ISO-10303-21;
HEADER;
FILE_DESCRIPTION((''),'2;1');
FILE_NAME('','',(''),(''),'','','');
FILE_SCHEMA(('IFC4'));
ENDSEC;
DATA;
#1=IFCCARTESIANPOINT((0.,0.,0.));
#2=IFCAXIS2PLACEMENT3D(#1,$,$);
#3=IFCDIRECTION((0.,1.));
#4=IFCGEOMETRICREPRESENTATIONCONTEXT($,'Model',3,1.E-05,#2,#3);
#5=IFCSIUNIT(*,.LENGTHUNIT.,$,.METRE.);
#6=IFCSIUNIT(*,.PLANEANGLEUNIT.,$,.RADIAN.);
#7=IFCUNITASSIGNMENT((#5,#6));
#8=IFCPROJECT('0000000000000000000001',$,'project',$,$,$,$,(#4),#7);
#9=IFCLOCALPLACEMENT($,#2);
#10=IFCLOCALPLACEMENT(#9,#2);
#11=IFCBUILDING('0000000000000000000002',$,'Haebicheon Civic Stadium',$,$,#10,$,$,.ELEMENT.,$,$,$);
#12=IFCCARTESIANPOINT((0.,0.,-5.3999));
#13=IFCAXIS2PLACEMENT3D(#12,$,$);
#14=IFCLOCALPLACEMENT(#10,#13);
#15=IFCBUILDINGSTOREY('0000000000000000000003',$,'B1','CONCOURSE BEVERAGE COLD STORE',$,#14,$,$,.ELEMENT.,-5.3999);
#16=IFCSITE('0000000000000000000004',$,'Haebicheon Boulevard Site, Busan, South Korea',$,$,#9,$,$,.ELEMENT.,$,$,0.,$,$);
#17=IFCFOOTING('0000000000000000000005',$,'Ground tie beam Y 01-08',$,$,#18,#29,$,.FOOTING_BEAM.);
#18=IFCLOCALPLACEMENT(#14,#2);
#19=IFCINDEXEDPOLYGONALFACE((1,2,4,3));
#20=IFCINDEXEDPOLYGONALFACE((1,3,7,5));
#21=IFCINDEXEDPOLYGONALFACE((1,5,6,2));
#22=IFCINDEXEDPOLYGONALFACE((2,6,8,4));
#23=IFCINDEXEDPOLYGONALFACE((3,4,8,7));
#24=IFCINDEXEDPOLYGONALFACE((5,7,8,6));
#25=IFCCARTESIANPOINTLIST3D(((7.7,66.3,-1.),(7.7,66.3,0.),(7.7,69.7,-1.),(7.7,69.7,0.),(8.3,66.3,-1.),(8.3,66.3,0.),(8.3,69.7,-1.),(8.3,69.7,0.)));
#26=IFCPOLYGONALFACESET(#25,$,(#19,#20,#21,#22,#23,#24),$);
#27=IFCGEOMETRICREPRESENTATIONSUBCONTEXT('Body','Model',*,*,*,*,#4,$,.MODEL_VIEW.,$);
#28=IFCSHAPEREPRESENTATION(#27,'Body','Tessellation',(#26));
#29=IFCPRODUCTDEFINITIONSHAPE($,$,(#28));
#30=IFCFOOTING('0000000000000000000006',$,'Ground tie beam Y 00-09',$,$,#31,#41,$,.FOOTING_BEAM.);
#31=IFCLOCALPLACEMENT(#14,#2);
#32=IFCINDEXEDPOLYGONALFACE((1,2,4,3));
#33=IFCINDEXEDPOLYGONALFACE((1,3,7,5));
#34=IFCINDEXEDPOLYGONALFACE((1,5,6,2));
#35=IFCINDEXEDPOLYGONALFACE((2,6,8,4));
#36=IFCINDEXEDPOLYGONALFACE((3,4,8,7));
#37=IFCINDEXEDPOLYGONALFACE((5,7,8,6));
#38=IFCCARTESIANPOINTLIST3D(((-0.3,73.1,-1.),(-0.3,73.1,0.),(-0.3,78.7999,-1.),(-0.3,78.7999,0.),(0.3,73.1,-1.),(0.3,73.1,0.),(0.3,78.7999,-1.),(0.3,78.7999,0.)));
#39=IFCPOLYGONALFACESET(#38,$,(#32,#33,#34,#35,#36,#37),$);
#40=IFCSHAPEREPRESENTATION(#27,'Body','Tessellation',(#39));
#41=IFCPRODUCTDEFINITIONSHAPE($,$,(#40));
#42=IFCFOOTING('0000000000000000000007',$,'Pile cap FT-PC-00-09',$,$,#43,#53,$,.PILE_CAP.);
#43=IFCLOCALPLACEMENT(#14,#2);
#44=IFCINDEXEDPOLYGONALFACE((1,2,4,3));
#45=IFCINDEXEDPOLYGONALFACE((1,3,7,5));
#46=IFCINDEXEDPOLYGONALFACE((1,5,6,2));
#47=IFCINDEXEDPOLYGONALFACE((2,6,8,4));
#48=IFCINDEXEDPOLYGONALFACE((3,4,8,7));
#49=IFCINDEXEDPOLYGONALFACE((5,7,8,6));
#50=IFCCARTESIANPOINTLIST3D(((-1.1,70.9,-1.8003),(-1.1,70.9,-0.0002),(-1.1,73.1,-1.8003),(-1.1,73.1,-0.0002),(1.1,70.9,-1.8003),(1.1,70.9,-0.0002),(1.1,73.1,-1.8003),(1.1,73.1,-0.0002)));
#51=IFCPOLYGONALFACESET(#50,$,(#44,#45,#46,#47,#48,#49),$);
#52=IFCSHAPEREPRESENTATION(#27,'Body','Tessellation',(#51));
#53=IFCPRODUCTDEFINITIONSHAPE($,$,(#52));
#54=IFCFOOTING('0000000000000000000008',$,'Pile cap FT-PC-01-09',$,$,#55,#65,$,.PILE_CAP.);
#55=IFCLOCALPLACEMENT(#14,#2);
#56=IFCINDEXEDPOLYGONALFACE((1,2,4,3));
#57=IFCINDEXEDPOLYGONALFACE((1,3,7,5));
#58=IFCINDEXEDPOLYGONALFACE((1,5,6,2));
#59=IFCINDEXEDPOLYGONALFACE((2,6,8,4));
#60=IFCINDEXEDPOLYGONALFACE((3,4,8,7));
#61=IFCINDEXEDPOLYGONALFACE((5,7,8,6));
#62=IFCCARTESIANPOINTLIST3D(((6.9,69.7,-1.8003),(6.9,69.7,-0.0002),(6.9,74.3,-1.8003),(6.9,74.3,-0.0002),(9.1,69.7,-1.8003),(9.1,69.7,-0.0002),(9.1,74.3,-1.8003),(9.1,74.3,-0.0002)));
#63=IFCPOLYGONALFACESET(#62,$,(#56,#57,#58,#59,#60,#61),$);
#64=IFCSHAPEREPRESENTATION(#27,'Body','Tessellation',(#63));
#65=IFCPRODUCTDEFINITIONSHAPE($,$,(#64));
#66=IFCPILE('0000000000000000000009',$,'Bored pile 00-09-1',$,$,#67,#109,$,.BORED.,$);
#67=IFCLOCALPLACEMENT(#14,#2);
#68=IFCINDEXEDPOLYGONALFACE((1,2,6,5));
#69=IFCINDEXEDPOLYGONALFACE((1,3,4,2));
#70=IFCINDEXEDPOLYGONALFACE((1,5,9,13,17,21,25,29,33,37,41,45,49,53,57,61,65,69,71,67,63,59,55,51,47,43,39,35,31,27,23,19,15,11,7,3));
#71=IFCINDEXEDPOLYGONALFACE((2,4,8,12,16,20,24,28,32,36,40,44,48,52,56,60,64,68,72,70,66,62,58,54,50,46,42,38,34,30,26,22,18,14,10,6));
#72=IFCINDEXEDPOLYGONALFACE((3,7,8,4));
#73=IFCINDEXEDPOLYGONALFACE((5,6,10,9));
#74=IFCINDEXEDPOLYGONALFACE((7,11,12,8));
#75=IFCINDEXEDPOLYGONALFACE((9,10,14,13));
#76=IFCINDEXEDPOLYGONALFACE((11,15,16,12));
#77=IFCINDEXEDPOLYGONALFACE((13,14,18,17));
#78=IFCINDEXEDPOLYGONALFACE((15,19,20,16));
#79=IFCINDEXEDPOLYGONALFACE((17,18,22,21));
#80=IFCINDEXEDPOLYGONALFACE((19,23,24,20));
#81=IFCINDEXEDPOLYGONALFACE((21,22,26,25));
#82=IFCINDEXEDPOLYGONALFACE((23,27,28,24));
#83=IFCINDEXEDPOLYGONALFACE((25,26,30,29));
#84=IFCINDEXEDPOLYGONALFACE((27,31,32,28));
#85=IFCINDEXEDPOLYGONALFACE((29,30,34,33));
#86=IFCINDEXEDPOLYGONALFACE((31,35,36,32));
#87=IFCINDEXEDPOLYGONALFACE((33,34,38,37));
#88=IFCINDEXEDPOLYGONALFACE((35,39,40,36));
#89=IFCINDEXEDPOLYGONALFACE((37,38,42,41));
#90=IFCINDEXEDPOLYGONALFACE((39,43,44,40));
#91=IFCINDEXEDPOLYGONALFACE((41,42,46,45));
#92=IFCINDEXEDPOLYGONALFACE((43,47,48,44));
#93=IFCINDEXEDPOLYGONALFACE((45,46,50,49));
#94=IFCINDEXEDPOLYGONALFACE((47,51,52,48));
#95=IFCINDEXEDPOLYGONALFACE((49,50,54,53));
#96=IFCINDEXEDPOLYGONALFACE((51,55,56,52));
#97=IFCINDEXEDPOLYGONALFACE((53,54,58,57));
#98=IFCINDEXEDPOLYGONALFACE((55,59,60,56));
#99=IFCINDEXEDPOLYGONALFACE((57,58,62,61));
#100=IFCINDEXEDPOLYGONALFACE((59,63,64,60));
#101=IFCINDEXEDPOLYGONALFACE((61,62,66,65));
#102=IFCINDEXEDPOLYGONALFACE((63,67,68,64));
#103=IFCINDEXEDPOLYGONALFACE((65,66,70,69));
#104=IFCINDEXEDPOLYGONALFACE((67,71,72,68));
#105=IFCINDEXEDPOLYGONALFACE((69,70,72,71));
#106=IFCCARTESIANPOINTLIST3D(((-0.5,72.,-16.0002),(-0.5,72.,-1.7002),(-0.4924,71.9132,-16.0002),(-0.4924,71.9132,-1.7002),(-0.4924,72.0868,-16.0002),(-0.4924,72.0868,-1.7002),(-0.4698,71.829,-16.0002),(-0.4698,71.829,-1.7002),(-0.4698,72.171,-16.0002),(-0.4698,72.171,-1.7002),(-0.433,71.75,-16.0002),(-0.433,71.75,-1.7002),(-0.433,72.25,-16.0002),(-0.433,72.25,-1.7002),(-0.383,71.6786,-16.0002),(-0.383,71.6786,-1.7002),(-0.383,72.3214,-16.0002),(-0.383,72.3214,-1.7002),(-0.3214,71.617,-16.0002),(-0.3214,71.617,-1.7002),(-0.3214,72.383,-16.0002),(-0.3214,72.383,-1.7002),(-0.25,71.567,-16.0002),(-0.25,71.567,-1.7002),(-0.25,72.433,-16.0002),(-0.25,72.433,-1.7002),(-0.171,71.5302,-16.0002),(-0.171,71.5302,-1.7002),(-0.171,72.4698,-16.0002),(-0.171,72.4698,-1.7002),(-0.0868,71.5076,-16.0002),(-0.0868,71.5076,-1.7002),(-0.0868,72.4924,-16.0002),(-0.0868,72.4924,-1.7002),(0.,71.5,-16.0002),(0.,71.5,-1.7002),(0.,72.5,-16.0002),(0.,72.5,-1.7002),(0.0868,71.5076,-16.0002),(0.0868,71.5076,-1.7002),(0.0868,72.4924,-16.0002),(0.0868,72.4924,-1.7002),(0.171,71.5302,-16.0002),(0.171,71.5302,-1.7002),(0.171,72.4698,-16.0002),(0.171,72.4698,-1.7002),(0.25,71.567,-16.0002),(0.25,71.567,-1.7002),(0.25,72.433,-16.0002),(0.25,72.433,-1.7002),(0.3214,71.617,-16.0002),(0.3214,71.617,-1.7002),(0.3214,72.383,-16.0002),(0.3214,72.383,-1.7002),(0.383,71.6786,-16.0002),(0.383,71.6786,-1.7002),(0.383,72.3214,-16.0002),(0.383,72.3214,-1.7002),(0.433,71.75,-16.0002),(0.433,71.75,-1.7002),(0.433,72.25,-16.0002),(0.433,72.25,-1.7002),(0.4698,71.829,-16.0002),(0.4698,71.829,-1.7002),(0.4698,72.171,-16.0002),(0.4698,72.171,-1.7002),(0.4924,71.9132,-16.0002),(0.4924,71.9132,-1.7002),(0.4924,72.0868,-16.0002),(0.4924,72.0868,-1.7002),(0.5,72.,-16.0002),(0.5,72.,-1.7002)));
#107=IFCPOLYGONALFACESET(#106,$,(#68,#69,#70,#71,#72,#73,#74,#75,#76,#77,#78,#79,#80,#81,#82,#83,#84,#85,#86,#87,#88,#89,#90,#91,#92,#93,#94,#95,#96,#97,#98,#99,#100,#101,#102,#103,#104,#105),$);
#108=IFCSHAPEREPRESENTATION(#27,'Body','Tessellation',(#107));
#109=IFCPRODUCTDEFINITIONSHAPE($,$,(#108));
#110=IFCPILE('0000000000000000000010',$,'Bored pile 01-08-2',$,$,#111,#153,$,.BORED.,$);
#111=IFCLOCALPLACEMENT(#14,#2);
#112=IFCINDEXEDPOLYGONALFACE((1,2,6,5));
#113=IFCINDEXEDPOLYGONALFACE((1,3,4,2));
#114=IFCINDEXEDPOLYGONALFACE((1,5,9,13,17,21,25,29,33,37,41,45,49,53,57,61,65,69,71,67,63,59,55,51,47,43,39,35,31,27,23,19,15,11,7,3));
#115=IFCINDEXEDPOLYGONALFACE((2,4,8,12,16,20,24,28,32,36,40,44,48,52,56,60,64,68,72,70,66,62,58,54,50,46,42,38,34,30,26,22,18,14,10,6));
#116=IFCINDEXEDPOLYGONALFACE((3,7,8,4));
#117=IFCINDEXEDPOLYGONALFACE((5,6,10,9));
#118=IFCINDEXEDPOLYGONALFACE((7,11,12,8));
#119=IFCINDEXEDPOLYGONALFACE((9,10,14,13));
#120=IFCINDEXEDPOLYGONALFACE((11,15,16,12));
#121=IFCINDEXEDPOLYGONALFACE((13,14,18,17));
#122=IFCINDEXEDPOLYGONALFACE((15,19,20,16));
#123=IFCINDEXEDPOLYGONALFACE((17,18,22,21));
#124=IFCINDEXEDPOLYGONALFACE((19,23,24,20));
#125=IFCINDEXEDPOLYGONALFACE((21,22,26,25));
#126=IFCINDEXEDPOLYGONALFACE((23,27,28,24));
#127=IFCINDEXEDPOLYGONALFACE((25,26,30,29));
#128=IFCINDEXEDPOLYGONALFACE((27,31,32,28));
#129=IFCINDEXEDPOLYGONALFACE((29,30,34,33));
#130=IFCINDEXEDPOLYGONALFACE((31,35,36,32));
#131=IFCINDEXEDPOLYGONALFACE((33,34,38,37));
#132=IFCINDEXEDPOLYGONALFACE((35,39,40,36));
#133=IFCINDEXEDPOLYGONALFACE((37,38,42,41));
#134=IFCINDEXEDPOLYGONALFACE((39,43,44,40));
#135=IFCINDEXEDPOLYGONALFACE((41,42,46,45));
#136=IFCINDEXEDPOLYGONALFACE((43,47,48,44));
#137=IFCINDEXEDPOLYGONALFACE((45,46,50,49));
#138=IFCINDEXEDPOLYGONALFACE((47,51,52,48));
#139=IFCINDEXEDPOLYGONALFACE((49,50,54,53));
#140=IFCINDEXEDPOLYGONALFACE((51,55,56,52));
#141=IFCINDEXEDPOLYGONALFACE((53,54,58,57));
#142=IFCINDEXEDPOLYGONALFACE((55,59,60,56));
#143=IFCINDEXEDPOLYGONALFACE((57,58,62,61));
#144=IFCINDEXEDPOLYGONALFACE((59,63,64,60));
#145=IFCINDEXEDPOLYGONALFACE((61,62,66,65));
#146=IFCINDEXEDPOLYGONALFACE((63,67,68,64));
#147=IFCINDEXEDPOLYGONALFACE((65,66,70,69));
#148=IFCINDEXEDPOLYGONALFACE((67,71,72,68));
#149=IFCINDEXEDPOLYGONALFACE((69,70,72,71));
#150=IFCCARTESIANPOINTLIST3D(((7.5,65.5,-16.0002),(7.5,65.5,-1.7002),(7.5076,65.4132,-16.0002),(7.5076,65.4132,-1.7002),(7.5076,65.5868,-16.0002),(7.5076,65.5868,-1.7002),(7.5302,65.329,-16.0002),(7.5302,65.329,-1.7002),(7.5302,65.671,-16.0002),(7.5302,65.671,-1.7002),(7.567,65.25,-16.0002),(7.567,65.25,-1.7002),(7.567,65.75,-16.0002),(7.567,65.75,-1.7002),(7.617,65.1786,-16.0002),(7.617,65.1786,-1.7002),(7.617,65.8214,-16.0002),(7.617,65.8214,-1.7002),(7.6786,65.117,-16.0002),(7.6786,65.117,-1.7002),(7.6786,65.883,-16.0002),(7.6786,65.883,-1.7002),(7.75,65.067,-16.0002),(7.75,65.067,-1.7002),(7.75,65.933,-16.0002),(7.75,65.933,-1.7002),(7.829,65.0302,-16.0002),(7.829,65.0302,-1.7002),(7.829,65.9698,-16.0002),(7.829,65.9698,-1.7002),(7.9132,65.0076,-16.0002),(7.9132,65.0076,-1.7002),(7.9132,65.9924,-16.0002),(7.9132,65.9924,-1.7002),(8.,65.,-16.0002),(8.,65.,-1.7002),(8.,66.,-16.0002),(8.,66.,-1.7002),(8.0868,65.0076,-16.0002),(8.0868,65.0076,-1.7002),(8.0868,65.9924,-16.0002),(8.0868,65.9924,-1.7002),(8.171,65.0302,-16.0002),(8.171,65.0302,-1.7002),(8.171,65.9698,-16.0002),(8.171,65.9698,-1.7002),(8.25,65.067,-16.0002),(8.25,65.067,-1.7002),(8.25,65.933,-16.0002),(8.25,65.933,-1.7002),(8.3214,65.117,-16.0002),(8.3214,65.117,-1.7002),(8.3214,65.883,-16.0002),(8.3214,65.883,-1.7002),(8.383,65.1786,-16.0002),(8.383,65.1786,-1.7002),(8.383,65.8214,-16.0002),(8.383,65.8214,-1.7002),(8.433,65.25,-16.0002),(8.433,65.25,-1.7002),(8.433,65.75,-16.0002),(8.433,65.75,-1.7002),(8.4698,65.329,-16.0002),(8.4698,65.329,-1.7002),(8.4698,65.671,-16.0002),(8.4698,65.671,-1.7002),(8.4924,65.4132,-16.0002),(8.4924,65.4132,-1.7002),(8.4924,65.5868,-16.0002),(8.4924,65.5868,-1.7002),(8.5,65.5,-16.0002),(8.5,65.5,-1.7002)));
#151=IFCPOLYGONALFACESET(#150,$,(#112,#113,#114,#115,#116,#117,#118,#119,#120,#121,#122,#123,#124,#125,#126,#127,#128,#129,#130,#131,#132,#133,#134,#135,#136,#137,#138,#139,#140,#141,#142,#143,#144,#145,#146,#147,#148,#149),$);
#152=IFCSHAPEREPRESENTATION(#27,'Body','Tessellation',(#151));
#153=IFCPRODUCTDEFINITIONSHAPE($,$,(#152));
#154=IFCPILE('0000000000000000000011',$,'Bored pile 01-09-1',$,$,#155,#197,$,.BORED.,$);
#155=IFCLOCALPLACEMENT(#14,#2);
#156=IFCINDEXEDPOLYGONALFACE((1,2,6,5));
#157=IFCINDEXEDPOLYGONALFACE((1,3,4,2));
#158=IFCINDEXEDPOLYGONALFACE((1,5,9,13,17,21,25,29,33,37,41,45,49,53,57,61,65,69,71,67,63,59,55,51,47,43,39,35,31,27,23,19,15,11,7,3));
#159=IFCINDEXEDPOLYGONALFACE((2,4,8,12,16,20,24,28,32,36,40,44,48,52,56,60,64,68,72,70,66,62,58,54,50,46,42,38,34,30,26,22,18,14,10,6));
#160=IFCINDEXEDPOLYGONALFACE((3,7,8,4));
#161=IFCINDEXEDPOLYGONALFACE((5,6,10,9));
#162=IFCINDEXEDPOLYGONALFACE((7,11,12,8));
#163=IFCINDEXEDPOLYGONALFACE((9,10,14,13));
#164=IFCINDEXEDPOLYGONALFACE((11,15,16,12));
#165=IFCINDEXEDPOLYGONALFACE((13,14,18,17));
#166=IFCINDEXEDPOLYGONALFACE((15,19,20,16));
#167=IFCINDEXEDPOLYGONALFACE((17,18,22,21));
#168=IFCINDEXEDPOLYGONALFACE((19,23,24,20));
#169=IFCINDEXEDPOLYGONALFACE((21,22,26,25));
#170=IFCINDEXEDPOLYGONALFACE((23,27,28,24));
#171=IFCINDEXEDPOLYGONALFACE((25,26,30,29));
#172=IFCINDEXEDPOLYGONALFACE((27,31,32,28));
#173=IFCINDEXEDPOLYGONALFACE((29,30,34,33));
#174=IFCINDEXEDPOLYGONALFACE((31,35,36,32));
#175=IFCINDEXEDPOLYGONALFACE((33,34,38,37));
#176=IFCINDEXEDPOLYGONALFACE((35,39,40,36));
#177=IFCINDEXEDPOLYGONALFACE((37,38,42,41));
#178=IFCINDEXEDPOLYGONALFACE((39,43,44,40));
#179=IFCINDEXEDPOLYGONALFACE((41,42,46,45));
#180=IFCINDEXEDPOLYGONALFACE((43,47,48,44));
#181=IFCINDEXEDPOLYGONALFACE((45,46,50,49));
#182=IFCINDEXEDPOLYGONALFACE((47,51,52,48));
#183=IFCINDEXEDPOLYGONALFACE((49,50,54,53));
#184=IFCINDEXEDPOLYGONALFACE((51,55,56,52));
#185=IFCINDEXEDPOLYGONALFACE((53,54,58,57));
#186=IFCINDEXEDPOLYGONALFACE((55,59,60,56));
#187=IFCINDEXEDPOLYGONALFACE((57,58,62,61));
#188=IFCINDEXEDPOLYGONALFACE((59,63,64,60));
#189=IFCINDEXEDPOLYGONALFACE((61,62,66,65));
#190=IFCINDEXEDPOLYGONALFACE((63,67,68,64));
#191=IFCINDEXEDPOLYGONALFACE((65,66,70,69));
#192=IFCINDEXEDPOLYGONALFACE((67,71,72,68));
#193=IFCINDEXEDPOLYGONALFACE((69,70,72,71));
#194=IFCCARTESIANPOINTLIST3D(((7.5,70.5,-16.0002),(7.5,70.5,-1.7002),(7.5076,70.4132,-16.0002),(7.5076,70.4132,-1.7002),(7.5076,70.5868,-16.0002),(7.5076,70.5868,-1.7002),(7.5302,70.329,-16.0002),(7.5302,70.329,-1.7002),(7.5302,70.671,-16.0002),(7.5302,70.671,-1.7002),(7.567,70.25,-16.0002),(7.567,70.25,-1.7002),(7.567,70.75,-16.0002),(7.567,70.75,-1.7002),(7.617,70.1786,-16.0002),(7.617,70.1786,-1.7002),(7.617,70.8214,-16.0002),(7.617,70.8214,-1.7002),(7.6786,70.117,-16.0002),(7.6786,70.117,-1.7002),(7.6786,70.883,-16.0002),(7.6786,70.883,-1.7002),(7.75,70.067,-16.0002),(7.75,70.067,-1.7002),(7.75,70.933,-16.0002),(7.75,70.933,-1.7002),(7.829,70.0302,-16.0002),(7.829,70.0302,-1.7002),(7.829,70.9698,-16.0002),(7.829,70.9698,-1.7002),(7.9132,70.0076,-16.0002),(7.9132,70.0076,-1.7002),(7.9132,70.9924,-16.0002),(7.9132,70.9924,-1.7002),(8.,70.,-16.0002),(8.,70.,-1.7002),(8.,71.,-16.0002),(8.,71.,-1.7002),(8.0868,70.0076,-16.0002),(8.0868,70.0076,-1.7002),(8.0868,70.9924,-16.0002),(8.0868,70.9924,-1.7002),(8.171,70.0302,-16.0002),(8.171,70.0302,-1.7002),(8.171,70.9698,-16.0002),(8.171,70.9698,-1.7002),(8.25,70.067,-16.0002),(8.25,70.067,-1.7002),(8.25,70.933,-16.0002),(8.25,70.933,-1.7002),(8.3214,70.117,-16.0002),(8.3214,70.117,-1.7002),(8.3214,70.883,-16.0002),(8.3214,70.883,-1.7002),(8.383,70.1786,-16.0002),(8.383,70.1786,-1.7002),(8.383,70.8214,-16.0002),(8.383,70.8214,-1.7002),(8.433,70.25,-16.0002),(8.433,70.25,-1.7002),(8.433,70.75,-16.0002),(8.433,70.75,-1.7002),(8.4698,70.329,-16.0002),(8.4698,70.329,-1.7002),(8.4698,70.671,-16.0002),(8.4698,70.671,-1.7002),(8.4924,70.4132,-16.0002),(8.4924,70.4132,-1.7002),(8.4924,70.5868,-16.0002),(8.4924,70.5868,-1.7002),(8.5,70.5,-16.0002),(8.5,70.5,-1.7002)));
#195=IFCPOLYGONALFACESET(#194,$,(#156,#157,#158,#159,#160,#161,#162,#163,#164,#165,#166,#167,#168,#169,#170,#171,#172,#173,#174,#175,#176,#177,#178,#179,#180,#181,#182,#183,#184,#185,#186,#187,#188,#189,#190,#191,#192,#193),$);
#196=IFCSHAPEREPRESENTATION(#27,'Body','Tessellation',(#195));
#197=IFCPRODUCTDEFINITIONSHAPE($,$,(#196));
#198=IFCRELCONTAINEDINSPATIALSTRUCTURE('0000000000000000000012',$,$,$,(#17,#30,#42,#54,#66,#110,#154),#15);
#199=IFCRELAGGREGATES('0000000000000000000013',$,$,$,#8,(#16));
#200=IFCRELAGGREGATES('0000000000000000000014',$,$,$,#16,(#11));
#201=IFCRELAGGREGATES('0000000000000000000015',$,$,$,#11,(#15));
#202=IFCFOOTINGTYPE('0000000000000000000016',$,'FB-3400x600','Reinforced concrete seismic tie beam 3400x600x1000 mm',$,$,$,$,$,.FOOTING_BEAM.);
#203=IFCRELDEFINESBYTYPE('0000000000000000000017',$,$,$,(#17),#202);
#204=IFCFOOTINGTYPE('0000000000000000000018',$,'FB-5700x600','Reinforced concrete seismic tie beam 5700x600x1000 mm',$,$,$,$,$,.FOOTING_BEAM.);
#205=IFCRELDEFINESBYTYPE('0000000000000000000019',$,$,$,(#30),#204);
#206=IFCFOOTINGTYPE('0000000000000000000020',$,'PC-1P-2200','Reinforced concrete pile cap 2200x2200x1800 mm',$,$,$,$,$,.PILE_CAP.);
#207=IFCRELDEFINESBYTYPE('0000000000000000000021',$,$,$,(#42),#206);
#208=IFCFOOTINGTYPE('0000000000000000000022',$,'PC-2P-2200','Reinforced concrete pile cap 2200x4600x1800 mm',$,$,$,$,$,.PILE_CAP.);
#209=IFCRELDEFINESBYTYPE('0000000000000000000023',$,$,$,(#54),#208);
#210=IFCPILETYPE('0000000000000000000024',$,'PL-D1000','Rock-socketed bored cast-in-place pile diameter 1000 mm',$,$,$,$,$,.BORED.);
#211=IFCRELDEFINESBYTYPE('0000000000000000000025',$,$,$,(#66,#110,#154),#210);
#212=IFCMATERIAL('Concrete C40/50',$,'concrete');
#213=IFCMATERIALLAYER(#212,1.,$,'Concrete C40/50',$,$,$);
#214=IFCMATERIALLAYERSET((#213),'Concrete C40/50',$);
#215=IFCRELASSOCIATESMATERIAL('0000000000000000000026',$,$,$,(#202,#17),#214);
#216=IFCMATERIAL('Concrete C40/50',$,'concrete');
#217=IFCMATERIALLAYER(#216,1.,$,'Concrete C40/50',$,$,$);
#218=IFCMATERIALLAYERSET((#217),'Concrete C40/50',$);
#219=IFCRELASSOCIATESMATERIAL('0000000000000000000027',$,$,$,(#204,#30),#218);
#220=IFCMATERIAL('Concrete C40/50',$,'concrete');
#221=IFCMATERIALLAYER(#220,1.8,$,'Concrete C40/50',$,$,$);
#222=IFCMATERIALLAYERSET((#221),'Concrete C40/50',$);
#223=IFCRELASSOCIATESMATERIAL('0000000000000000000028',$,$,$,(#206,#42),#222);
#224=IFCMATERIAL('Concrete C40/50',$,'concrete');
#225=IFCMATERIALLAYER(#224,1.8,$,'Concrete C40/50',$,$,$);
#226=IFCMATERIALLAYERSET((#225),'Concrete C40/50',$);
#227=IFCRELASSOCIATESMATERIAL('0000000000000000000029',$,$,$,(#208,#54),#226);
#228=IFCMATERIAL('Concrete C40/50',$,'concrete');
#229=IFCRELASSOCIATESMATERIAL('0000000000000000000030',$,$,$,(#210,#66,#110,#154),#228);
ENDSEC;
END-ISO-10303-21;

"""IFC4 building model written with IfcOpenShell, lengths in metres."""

from ifc_helpers import new_model, si_unit, direction, frame, origin, origin_2d, place, context, subcontext, project, spatial, rectangle, circle, extrude, material, layer, layer_set, material_profile, profile_set, type_object, element, save


model = new_model("IFC4")

# Units and contexts
model_context = context("Model", 3, precision=1e-05, world=origin(), true_north=direction((0.0, 1.0)))
body_context = subcontext(model_context, "Body", "Model", "MODEL_VIEW")
ifc_project = project(units=[si_unit("LENGTHUNIT", "METRE"), si_unit("PLANEANGLEUNIT", "RADIAN")], contexts=[model_context])

# Site, building, storey
site_placement = place(None, origin())
site = spatial("IfcSite", under=ifc_project, at=site_placement, Name="Haebicheon Boulevard Site, Busan, South Korea", CompositionType="ELEMENT", RefElevation=0.0)
building_placement = place(site_placement, origin())
building = spatial("IfcBuilding", under=site, at=building_placement, Name="Haebicheon Civic Stadium", CompositionType="ELEMENT")
storey_placement = place(building_placement, frame((0.0, 0.0, -5.3999)))
storey = spatial("IfcBuildingStorey", under=building, at=storey_placement, Name="B1", Description="CONCOURSE BEVERAGE COLD STORE", CompositionType="ELEMENT", Elevation=-5.3999)

# Footings
ifc_material_1 = material(Name="Concrete C40/50", Category="concrete")
ifc_layer_1 = layer(ifc_material_1, 1.0, Name="Concrete C40/50")
ifc_layer_set_1 = layer_set([ifc_layer_1], Name="Concrete C40/50")
footing_type_1 = type_object("IfcFootingType", Name="FB-3400x600", Description="Reinforced concrete seismic tie beam 3400x600x1000 mm", PredefinedType="FOOTING_BEAM", material=ifc_layer_set_1)
footing_1_placement = place(storey_placement, frame((8.0, 68.0, -1.0), z_axis=(0.0, 0.0, 1.0), x_axis=(0.0, 1.0, 0.0)))
element("IfcFooting", 1, at=footing_1_placement, inside=storey, type_object=footing_type_1, material=ifc_layer_set_1, Name="Ground tie beam Y 01-08", PredefinedType="FOOTING_BEAM", context=body_context, shape_type="SweptSolid", body=[
    extrude(rectangle(XDim=3.3999, YDim=0.6001, at=origin_2d()), origin(), (0.0, 0.0, 1.0), 1.0),
])
ifc_material_2 = material(Name="Concrete C40/50", Category="concrete")
ifc_layer_2 = layer(ifc_material_2, 1.0, Name="Concrete C40/50")
ifc_layer_set_2 = layer_set([ifc_layer_2], Name="Concrete C40/50")
footing_type_2 = type_object("IfcFootingType", Name="FB-5700x600", Description="Reinforced concrete seismic tie beam 5700x600x1000 mm", PredefinedType="FOOTING_BEAM", material=ifc_layer_set_2)
footing_2_placement = place(storey_placement, frame((0.0, 75.95, -1.0), z_axis=(0.0, 0.0, 1.0), x_axis=(0.0, 1.0, 0.0)))
element("IfcFooting", 2, at=footing_2_placement, inside=storey, type_object=footing_type_2, material=ifc_layer_set_2, Name="Ground tie beam Y 00-09", PredefinedType="FOOTING_BEAM", context=body_context, shape_type="SweptSolid", body=[
    extrude(rectangle(XDim=5.7, YDim=0.6001, at=origin_2d()), origin(), (0.0, 0.0, 1.0), 1.0),
])
ifc_material_3 = material(Name="Concrete C40/50", Category="concrete")
ifc_layer_3 = layer(ifc_material_3, 1.8, Name="Concrete C40/50")
ifc_layer_set_3 = layer_set([ifc_layer_3], Name="Concrete C40/50")
footing_type_3 = type_object("IfcFootingType", Name="PC-1P-2200", Description="Reinforced concrete pile cap 2200x2200x1800 mm", PredefinedType="PILE_CAP", material=ifc_layer_set_3)
footing_3_placement = place(storey_placement, frame((0.0, 72.0, -1.8003), z_axis=(0.0, 0.0, 1.0), x_axis=(1.0, 0.0, 0.0)))
element("IfcFooting", 3, at=footing_3_placement, inside=storey, type_object=footing_type_3, material=ifc_layer_set_3, Name="Pile cap FT-PC-00-09", PredefinedType="PILE_CAP", context=body_context, shape_type="SweptSolid", body=[
    extrude(rectangle(XDim=2.2, YDim=2.2, at=origin_2d()), origin(), (0.0, 0.0, 1.0), 1.8),
])
ifc_material_4 = material(Name="Concrete C40/50", Category="concrete")
ifc_layer_4 = layer(ifc_material_4, 1.8, Name="Concrete C40/50")
ifc_layer_set_4 = layer_set([ifc_layer_4], Name="Concrete C40/50")
footing_type_4 = type_object("IfcFootingType", Name="PC-2P-2200", Description="Reinforced concrete pile cap 2200x4600x1800 mm", PredefinedType="PILE_CAP", material=ifc_layer_set_4)
footing_4_placement = place(storey_placement, frame((8.0, 72.0, -1.8003), z_axis=(0.0, 0.0, 1.0), x_axis=(1.0, 0.0, 0.0)))
element("IfcFooting", 4, at=footing_4_placement, inside=storey, type_object=footing_type_4, material=ifc_layer_set_4, Name="Pile cap FT-PC-01-09", PredefinedType="PILE_CAP", context=body_context, shape_type="SweptSolid", body=[
    extrude(rectangle(XDim=2.2, YDim=4.6001, at=origin_2d()), origin(), (0.0, 0.0, 1.0), 1.8),
])

# Piles
ifc_material_5 = material(Name="Concrete C40/50", Category="concrete")
ifc_material_profile_1 = material_profile(ifc_material_5, circle(Radius=0.5, at=origin_2d()), Name="PILE-D1000")
ifc_profile_set_1 = profile_set([ifc_material_profile_1], Name="Concrete C40/50")
pile_type = type_object("IfcPileType", Name="PL-D1000", Description="Rock-socketed bored cast-in-place pile diameter 1000 mm", PredefinedType="BORED", material=ifc_profile_set_1)
for number, where, z_axis, x_axis, name in (
    (5, (0.0, 72.0, -1.7002), (0.0, 0.0, -1.0), (1.0, 0.0, 0.0), "Bored pile 00-09-1"),
    (6, (8.0, 65.5, -1.7002), (0.0, 0.0, -1.0), (1.0, 0.0, 0.0), "Bored pile 01-08-2"),
    (7, (8.0, 70.5, -1.7002), (0.0, 0.0, -1.0), (1.0, 0.0, 0.0), "Bored pile 01-09-1"),
):
    element("IfcPile", number, at=place(storey_placement, frame(where, z_axis=z_axis, x_axis=x_axis)), inside=storey, type_object=pile_type, material=ifc_profile_set_1, Name=name, PredefinedType="BORED", context=body_context, shape_type="SweptSolid", body=[
        extrude(circle(Radius=0.5, at=origin_2d()), origin(), (0.0, 0.0, 1.0), 14.3),
    ])

save(model, "model.ifc")
